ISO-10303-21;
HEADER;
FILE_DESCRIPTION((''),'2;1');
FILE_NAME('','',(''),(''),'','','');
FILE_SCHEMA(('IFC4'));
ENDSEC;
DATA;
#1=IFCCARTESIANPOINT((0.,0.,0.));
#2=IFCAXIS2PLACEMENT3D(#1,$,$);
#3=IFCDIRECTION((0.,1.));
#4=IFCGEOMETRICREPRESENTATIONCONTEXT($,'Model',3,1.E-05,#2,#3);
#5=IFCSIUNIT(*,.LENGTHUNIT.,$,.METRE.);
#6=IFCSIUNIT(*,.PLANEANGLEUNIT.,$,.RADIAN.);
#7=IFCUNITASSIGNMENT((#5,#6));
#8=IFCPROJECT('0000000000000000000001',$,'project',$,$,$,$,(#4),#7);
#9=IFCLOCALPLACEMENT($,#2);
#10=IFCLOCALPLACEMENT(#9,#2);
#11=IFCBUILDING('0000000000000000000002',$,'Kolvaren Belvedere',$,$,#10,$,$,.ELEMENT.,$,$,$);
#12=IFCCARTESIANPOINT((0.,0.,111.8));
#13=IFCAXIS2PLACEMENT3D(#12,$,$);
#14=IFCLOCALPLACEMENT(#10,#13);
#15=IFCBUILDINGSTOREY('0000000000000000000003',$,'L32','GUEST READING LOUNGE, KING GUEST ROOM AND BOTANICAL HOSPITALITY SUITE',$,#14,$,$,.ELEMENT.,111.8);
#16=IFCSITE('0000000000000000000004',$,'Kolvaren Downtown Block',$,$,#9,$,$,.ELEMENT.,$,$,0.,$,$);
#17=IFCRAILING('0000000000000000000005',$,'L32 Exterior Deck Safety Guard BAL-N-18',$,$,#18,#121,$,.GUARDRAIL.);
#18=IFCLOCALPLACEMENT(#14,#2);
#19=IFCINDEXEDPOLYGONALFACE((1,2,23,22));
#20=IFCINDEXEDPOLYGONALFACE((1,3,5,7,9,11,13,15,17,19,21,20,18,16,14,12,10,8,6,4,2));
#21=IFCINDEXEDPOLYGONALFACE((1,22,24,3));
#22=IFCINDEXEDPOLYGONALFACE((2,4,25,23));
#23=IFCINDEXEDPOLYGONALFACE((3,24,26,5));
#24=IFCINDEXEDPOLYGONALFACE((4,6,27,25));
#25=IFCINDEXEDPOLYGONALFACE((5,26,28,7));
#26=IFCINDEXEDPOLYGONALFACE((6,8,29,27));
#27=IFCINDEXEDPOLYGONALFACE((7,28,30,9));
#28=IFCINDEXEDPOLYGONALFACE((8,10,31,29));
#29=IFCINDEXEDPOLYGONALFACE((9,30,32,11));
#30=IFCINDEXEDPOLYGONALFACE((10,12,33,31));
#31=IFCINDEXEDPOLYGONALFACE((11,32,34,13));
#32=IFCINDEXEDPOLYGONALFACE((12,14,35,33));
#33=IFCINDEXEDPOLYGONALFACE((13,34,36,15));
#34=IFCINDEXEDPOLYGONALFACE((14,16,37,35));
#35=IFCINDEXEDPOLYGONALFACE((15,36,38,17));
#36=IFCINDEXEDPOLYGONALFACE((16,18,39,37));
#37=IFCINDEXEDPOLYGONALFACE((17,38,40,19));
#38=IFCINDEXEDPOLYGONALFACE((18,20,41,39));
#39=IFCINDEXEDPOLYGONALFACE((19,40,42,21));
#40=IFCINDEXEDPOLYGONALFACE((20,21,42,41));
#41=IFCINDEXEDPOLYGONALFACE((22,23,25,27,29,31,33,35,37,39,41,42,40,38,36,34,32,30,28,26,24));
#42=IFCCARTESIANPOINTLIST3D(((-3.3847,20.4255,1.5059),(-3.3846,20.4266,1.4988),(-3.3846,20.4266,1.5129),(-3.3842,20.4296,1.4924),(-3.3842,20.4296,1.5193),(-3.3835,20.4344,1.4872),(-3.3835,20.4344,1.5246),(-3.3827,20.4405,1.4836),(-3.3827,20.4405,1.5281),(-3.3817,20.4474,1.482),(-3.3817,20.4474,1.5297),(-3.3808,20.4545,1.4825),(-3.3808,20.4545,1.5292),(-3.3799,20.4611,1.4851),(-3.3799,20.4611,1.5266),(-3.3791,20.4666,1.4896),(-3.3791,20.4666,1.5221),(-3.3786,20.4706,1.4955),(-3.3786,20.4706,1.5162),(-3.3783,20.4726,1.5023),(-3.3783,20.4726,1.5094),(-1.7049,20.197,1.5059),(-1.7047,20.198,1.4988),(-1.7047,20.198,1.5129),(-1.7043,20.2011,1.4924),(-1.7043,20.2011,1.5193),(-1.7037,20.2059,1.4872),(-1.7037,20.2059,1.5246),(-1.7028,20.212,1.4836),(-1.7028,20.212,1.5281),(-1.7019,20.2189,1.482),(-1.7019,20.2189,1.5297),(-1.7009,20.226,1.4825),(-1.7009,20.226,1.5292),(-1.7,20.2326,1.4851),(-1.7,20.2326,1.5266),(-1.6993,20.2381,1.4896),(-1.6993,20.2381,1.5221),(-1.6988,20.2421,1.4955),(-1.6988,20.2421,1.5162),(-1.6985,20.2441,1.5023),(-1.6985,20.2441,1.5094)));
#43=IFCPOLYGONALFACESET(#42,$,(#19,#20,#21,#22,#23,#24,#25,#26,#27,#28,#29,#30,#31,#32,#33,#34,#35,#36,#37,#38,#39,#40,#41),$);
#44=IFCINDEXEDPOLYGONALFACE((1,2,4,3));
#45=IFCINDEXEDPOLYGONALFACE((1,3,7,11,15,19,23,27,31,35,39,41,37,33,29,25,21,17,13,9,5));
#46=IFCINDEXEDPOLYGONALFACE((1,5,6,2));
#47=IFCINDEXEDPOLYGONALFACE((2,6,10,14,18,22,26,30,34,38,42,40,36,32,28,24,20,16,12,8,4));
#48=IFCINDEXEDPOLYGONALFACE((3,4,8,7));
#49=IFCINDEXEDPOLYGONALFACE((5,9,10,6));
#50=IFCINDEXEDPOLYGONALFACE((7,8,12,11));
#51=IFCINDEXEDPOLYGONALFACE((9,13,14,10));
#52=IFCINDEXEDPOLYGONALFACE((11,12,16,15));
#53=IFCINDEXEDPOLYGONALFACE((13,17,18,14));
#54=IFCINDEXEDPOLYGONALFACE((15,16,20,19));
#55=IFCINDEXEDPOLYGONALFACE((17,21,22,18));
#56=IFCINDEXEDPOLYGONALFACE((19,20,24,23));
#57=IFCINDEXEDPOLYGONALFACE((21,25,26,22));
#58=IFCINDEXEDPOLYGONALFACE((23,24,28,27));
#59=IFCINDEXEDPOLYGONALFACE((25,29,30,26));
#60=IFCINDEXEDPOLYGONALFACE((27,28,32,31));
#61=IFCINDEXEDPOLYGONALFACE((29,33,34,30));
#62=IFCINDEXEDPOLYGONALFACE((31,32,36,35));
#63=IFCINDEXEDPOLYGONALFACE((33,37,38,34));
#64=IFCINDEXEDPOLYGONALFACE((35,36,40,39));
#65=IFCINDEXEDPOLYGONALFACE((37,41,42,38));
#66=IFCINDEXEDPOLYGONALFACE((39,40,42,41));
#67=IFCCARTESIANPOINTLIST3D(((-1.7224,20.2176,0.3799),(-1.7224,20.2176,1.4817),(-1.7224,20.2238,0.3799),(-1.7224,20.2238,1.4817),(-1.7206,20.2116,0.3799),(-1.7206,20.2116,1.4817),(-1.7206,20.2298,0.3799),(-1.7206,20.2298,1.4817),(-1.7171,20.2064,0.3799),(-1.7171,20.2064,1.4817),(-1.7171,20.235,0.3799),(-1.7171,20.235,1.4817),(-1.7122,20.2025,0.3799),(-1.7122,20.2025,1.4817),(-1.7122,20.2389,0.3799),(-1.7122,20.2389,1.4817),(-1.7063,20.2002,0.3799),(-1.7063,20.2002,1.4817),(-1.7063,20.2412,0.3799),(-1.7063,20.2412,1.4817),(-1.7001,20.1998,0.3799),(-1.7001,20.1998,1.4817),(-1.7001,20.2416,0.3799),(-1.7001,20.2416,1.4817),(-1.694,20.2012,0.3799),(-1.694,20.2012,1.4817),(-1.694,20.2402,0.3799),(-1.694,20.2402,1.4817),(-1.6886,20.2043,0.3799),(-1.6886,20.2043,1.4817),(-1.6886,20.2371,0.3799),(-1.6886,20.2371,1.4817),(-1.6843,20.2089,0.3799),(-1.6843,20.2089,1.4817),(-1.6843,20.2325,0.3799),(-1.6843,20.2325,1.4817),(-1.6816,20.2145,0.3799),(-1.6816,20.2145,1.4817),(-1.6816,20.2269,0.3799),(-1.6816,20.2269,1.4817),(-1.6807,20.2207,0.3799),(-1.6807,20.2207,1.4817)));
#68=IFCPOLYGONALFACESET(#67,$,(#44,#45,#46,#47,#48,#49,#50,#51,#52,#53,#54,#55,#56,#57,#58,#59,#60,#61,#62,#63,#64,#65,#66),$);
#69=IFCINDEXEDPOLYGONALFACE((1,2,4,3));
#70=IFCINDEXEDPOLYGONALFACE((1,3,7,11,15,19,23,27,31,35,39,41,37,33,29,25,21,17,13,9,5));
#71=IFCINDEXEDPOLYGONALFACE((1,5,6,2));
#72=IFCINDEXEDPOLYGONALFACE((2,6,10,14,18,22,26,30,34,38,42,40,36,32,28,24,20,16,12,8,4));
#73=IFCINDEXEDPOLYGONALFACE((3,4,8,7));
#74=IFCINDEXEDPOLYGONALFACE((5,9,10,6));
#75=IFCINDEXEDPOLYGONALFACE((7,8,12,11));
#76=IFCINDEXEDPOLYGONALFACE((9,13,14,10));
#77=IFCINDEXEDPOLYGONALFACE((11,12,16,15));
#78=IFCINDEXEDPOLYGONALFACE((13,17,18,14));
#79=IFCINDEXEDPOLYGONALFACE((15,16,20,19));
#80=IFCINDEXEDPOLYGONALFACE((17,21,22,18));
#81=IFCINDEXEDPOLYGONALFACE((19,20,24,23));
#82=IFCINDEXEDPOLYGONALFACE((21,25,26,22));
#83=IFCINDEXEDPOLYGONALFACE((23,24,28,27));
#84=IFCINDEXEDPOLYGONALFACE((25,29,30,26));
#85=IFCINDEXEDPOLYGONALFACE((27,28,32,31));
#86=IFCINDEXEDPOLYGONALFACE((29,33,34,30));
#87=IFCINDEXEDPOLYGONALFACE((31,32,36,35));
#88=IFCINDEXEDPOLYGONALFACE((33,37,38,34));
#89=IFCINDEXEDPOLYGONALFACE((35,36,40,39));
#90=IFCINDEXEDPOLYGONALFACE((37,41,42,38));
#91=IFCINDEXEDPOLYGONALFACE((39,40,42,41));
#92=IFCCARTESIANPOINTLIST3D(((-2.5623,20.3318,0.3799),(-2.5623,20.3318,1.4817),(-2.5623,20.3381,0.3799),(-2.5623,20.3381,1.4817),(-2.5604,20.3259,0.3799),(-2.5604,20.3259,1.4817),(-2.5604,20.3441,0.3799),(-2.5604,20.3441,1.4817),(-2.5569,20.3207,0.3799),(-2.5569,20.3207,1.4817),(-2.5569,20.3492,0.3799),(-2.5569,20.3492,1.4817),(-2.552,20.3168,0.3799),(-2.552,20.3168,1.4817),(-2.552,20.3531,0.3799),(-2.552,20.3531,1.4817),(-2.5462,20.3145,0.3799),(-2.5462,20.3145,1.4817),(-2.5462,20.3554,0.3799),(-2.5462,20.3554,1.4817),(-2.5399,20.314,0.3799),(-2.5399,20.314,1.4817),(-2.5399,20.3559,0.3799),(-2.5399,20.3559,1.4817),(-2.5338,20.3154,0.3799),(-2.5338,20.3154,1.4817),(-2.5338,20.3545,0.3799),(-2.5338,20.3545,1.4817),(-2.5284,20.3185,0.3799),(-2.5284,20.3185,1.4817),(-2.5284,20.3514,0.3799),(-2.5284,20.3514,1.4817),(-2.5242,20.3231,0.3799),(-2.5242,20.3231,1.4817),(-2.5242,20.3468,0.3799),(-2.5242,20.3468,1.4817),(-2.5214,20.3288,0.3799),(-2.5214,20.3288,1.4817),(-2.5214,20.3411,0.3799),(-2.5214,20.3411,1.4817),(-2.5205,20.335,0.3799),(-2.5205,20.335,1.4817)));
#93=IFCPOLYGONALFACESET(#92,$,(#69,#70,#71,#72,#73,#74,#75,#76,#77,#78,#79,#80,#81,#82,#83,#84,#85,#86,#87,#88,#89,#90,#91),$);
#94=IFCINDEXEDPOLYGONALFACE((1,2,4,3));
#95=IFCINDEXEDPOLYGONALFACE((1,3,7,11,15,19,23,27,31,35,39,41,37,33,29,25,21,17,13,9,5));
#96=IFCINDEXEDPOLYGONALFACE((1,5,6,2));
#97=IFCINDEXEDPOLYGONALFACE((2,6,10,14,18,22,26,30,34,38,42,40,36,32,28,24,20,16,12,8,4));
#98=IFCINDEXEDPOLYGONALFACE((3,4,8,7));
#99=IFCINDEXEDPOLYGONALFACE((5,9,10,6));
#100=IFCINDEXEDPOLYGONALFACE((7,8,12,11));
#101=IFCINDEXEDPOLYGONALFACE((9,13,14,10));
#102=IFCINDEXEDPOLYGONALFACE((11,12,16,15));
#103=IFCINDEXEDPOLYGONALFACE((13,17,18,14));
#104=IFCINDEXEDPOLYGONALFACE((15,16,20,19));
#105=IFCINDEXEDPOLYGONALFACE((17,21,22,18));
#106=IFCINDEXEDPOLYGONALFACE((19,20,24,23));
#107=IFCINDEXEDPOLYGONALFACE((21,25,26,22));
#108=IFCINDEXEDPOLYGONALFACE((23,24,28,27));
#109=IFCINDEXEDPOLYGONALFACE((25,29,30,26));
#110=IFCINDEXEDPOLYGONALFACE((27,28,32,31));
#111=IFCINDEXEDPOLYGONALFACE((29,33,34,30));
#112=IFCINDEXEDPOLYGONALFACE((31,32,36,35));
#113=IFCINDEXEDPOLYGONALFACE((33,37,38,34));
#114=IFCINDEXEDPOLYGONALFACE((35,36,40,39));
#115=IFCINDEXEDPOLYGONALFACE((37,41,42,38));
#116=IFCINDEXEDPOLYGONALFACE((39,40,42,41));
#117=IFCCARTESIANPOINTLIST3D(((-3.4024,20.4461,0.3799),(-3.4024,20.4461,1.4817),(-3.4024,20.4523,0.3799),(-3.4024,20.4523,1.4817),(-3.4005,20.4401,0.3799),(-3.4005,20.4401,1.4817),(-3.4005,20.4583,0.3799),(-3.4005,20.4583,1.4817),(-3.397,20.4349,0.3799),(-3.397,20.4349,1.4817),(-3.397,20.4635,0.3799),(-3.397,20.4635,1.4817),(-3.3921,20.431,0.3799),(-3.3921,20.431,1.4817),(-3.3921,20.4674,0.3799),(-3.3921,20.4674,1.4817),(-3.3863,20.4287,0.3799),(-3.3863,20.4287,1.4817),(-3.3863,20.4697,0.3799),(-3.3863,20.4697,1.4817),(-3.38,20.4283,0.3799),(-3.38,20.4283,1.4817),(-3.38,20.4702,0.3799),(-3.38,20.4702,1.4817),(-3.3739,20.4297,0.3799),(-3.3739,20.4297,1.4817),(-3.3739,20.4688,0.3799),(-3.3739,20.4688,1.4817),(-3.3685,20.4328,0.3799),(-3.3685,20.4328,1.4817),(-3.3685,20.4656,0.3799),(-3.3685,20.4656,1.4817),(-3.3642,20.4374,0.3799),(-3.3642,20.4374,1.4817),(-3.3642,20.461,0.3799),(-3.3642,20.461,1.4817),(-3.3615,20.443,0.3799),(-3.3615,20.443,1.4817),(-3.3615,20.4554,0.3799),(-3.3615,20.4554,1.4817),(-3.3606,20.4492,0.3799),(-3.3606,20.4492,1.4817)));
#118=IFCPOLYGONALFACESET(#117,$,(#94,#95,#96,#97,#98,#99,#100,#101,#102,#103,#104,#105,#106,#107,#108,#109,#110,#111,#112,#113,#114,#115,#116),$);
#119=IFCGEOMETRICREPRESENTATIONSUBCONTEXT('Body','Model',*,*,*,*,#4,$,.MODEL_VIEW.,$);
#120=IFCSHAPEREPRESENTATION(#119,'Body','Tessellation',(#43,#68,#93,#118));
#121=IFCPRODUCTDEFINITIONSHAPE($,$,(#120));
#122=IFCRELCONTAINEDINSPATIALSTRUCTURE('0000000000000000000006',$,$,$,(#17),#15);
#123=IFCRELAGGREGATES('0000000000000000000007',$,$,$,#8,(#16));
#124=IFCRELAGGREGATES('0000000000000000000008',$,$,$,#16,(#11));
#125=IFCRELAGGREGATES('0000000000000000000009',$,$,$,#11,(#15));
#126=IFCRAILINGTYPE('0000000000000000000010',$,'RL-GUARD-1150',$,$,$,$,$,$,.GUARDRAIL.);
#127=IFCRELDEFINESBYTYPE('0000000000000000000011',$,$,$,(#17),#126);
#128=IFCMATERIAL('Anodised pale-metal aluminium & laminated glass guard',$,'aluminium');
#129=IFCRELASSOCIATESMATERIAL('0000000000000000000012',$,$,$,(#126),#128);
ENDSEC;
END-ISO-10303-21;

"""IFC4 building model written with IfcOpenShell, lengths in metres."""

from ifc_helpers import new_model, si_unit, direction, frame, origin, origin_2d, place, context, subcontext, project, spatial, circle, extrude, material, type_object, element, save


model = new_model("IFC4")

# Units and contexts
model_context = context("Model", 3, precision=1e-05, world=origin(), true_north=direction((0.0, 1.0)))
body_context = subcontext(model_context, "Body", "Model", "MODEL_VIEW")
ifc_project = project(units=[si_unit("LENGTHUNIT", "METRE"), si_unit("PLANEANGLEUNIT", "RADIAN")], contexts=[model_context])

# Site, building, storey
site_placement = place(None, origin())
site = spatial("IfcSite", under=ifc_project, at=site_placement, Name="Kolvaren Downtown Block", CompositionType="ELEMENT", RefElevation=0.0)
building_placement = place(site_placement, origin())
building = spatial("IfcBuilding", under=site, at=building_placement, Name="Kolvaren Belvedere", CompositionType="ELEMENT")
storey_placement = place(building_placement, frame((0.0, 0.0, 111.8)))
storey = spatial("IfcBuildingStorey", under=building, at=storey_placement, Name="L32", Description="GUEST READING LOUNGE, KING GUEST ROOM AND BOTANICAL HOSPITALITY SUITE", CompositionType="ELEMENT", Elevation=111.8)

# Railing
ifc_material_1 = material(Name="Anodised pale-metal aluminium & laminated glass guard", Category="aluminium")
railing_type = type_object("IfcRailingType", Name="RL-GUARD-1150", PredefinedType="GUARDRAIL", material=ifc_material_1)
railing_1_placement = place(storey_placement, frame((-1.7017, 20.2207, 0.3799)))
element("IfcRailing", 1, at=railing_1_placement, inside=storey, type_object=railing_type, Name="L32 Exterior Deck Safety Guard BAL-N-18", PredefinedType="GUARDRAIL", context=body_context, shape_type="SweptSolid", body=[
    extrude(circle(Radius=0.0239, at=origin_2d()), frame((0.0, 0.0, 1.126), z_axis=(-0.990875, 0.134785, 0.0), x_axis=(-0.134785, -0.990875, 0.0)), (0.0, 0.0, 1.0), 1.6953),
    extrude(circle(Radius=0.021, at=origin_2d()), origin(), (0.0, 0.0, 1.0), 1.1018),
    extrude(circle(Radius=0.021, at=origin_2d()), frame((-0.8398, 0.1143, 0.0)), (0.0, 0.0, 1.0), 1.1018),
    extrude(circle(Radius=0.021, at=origin_2d()), frame((-1.6799, 0.2285, 0.0)), (0.0, 0.0, 1.0), 1.1018),
])

save(model, "model.ifc")
